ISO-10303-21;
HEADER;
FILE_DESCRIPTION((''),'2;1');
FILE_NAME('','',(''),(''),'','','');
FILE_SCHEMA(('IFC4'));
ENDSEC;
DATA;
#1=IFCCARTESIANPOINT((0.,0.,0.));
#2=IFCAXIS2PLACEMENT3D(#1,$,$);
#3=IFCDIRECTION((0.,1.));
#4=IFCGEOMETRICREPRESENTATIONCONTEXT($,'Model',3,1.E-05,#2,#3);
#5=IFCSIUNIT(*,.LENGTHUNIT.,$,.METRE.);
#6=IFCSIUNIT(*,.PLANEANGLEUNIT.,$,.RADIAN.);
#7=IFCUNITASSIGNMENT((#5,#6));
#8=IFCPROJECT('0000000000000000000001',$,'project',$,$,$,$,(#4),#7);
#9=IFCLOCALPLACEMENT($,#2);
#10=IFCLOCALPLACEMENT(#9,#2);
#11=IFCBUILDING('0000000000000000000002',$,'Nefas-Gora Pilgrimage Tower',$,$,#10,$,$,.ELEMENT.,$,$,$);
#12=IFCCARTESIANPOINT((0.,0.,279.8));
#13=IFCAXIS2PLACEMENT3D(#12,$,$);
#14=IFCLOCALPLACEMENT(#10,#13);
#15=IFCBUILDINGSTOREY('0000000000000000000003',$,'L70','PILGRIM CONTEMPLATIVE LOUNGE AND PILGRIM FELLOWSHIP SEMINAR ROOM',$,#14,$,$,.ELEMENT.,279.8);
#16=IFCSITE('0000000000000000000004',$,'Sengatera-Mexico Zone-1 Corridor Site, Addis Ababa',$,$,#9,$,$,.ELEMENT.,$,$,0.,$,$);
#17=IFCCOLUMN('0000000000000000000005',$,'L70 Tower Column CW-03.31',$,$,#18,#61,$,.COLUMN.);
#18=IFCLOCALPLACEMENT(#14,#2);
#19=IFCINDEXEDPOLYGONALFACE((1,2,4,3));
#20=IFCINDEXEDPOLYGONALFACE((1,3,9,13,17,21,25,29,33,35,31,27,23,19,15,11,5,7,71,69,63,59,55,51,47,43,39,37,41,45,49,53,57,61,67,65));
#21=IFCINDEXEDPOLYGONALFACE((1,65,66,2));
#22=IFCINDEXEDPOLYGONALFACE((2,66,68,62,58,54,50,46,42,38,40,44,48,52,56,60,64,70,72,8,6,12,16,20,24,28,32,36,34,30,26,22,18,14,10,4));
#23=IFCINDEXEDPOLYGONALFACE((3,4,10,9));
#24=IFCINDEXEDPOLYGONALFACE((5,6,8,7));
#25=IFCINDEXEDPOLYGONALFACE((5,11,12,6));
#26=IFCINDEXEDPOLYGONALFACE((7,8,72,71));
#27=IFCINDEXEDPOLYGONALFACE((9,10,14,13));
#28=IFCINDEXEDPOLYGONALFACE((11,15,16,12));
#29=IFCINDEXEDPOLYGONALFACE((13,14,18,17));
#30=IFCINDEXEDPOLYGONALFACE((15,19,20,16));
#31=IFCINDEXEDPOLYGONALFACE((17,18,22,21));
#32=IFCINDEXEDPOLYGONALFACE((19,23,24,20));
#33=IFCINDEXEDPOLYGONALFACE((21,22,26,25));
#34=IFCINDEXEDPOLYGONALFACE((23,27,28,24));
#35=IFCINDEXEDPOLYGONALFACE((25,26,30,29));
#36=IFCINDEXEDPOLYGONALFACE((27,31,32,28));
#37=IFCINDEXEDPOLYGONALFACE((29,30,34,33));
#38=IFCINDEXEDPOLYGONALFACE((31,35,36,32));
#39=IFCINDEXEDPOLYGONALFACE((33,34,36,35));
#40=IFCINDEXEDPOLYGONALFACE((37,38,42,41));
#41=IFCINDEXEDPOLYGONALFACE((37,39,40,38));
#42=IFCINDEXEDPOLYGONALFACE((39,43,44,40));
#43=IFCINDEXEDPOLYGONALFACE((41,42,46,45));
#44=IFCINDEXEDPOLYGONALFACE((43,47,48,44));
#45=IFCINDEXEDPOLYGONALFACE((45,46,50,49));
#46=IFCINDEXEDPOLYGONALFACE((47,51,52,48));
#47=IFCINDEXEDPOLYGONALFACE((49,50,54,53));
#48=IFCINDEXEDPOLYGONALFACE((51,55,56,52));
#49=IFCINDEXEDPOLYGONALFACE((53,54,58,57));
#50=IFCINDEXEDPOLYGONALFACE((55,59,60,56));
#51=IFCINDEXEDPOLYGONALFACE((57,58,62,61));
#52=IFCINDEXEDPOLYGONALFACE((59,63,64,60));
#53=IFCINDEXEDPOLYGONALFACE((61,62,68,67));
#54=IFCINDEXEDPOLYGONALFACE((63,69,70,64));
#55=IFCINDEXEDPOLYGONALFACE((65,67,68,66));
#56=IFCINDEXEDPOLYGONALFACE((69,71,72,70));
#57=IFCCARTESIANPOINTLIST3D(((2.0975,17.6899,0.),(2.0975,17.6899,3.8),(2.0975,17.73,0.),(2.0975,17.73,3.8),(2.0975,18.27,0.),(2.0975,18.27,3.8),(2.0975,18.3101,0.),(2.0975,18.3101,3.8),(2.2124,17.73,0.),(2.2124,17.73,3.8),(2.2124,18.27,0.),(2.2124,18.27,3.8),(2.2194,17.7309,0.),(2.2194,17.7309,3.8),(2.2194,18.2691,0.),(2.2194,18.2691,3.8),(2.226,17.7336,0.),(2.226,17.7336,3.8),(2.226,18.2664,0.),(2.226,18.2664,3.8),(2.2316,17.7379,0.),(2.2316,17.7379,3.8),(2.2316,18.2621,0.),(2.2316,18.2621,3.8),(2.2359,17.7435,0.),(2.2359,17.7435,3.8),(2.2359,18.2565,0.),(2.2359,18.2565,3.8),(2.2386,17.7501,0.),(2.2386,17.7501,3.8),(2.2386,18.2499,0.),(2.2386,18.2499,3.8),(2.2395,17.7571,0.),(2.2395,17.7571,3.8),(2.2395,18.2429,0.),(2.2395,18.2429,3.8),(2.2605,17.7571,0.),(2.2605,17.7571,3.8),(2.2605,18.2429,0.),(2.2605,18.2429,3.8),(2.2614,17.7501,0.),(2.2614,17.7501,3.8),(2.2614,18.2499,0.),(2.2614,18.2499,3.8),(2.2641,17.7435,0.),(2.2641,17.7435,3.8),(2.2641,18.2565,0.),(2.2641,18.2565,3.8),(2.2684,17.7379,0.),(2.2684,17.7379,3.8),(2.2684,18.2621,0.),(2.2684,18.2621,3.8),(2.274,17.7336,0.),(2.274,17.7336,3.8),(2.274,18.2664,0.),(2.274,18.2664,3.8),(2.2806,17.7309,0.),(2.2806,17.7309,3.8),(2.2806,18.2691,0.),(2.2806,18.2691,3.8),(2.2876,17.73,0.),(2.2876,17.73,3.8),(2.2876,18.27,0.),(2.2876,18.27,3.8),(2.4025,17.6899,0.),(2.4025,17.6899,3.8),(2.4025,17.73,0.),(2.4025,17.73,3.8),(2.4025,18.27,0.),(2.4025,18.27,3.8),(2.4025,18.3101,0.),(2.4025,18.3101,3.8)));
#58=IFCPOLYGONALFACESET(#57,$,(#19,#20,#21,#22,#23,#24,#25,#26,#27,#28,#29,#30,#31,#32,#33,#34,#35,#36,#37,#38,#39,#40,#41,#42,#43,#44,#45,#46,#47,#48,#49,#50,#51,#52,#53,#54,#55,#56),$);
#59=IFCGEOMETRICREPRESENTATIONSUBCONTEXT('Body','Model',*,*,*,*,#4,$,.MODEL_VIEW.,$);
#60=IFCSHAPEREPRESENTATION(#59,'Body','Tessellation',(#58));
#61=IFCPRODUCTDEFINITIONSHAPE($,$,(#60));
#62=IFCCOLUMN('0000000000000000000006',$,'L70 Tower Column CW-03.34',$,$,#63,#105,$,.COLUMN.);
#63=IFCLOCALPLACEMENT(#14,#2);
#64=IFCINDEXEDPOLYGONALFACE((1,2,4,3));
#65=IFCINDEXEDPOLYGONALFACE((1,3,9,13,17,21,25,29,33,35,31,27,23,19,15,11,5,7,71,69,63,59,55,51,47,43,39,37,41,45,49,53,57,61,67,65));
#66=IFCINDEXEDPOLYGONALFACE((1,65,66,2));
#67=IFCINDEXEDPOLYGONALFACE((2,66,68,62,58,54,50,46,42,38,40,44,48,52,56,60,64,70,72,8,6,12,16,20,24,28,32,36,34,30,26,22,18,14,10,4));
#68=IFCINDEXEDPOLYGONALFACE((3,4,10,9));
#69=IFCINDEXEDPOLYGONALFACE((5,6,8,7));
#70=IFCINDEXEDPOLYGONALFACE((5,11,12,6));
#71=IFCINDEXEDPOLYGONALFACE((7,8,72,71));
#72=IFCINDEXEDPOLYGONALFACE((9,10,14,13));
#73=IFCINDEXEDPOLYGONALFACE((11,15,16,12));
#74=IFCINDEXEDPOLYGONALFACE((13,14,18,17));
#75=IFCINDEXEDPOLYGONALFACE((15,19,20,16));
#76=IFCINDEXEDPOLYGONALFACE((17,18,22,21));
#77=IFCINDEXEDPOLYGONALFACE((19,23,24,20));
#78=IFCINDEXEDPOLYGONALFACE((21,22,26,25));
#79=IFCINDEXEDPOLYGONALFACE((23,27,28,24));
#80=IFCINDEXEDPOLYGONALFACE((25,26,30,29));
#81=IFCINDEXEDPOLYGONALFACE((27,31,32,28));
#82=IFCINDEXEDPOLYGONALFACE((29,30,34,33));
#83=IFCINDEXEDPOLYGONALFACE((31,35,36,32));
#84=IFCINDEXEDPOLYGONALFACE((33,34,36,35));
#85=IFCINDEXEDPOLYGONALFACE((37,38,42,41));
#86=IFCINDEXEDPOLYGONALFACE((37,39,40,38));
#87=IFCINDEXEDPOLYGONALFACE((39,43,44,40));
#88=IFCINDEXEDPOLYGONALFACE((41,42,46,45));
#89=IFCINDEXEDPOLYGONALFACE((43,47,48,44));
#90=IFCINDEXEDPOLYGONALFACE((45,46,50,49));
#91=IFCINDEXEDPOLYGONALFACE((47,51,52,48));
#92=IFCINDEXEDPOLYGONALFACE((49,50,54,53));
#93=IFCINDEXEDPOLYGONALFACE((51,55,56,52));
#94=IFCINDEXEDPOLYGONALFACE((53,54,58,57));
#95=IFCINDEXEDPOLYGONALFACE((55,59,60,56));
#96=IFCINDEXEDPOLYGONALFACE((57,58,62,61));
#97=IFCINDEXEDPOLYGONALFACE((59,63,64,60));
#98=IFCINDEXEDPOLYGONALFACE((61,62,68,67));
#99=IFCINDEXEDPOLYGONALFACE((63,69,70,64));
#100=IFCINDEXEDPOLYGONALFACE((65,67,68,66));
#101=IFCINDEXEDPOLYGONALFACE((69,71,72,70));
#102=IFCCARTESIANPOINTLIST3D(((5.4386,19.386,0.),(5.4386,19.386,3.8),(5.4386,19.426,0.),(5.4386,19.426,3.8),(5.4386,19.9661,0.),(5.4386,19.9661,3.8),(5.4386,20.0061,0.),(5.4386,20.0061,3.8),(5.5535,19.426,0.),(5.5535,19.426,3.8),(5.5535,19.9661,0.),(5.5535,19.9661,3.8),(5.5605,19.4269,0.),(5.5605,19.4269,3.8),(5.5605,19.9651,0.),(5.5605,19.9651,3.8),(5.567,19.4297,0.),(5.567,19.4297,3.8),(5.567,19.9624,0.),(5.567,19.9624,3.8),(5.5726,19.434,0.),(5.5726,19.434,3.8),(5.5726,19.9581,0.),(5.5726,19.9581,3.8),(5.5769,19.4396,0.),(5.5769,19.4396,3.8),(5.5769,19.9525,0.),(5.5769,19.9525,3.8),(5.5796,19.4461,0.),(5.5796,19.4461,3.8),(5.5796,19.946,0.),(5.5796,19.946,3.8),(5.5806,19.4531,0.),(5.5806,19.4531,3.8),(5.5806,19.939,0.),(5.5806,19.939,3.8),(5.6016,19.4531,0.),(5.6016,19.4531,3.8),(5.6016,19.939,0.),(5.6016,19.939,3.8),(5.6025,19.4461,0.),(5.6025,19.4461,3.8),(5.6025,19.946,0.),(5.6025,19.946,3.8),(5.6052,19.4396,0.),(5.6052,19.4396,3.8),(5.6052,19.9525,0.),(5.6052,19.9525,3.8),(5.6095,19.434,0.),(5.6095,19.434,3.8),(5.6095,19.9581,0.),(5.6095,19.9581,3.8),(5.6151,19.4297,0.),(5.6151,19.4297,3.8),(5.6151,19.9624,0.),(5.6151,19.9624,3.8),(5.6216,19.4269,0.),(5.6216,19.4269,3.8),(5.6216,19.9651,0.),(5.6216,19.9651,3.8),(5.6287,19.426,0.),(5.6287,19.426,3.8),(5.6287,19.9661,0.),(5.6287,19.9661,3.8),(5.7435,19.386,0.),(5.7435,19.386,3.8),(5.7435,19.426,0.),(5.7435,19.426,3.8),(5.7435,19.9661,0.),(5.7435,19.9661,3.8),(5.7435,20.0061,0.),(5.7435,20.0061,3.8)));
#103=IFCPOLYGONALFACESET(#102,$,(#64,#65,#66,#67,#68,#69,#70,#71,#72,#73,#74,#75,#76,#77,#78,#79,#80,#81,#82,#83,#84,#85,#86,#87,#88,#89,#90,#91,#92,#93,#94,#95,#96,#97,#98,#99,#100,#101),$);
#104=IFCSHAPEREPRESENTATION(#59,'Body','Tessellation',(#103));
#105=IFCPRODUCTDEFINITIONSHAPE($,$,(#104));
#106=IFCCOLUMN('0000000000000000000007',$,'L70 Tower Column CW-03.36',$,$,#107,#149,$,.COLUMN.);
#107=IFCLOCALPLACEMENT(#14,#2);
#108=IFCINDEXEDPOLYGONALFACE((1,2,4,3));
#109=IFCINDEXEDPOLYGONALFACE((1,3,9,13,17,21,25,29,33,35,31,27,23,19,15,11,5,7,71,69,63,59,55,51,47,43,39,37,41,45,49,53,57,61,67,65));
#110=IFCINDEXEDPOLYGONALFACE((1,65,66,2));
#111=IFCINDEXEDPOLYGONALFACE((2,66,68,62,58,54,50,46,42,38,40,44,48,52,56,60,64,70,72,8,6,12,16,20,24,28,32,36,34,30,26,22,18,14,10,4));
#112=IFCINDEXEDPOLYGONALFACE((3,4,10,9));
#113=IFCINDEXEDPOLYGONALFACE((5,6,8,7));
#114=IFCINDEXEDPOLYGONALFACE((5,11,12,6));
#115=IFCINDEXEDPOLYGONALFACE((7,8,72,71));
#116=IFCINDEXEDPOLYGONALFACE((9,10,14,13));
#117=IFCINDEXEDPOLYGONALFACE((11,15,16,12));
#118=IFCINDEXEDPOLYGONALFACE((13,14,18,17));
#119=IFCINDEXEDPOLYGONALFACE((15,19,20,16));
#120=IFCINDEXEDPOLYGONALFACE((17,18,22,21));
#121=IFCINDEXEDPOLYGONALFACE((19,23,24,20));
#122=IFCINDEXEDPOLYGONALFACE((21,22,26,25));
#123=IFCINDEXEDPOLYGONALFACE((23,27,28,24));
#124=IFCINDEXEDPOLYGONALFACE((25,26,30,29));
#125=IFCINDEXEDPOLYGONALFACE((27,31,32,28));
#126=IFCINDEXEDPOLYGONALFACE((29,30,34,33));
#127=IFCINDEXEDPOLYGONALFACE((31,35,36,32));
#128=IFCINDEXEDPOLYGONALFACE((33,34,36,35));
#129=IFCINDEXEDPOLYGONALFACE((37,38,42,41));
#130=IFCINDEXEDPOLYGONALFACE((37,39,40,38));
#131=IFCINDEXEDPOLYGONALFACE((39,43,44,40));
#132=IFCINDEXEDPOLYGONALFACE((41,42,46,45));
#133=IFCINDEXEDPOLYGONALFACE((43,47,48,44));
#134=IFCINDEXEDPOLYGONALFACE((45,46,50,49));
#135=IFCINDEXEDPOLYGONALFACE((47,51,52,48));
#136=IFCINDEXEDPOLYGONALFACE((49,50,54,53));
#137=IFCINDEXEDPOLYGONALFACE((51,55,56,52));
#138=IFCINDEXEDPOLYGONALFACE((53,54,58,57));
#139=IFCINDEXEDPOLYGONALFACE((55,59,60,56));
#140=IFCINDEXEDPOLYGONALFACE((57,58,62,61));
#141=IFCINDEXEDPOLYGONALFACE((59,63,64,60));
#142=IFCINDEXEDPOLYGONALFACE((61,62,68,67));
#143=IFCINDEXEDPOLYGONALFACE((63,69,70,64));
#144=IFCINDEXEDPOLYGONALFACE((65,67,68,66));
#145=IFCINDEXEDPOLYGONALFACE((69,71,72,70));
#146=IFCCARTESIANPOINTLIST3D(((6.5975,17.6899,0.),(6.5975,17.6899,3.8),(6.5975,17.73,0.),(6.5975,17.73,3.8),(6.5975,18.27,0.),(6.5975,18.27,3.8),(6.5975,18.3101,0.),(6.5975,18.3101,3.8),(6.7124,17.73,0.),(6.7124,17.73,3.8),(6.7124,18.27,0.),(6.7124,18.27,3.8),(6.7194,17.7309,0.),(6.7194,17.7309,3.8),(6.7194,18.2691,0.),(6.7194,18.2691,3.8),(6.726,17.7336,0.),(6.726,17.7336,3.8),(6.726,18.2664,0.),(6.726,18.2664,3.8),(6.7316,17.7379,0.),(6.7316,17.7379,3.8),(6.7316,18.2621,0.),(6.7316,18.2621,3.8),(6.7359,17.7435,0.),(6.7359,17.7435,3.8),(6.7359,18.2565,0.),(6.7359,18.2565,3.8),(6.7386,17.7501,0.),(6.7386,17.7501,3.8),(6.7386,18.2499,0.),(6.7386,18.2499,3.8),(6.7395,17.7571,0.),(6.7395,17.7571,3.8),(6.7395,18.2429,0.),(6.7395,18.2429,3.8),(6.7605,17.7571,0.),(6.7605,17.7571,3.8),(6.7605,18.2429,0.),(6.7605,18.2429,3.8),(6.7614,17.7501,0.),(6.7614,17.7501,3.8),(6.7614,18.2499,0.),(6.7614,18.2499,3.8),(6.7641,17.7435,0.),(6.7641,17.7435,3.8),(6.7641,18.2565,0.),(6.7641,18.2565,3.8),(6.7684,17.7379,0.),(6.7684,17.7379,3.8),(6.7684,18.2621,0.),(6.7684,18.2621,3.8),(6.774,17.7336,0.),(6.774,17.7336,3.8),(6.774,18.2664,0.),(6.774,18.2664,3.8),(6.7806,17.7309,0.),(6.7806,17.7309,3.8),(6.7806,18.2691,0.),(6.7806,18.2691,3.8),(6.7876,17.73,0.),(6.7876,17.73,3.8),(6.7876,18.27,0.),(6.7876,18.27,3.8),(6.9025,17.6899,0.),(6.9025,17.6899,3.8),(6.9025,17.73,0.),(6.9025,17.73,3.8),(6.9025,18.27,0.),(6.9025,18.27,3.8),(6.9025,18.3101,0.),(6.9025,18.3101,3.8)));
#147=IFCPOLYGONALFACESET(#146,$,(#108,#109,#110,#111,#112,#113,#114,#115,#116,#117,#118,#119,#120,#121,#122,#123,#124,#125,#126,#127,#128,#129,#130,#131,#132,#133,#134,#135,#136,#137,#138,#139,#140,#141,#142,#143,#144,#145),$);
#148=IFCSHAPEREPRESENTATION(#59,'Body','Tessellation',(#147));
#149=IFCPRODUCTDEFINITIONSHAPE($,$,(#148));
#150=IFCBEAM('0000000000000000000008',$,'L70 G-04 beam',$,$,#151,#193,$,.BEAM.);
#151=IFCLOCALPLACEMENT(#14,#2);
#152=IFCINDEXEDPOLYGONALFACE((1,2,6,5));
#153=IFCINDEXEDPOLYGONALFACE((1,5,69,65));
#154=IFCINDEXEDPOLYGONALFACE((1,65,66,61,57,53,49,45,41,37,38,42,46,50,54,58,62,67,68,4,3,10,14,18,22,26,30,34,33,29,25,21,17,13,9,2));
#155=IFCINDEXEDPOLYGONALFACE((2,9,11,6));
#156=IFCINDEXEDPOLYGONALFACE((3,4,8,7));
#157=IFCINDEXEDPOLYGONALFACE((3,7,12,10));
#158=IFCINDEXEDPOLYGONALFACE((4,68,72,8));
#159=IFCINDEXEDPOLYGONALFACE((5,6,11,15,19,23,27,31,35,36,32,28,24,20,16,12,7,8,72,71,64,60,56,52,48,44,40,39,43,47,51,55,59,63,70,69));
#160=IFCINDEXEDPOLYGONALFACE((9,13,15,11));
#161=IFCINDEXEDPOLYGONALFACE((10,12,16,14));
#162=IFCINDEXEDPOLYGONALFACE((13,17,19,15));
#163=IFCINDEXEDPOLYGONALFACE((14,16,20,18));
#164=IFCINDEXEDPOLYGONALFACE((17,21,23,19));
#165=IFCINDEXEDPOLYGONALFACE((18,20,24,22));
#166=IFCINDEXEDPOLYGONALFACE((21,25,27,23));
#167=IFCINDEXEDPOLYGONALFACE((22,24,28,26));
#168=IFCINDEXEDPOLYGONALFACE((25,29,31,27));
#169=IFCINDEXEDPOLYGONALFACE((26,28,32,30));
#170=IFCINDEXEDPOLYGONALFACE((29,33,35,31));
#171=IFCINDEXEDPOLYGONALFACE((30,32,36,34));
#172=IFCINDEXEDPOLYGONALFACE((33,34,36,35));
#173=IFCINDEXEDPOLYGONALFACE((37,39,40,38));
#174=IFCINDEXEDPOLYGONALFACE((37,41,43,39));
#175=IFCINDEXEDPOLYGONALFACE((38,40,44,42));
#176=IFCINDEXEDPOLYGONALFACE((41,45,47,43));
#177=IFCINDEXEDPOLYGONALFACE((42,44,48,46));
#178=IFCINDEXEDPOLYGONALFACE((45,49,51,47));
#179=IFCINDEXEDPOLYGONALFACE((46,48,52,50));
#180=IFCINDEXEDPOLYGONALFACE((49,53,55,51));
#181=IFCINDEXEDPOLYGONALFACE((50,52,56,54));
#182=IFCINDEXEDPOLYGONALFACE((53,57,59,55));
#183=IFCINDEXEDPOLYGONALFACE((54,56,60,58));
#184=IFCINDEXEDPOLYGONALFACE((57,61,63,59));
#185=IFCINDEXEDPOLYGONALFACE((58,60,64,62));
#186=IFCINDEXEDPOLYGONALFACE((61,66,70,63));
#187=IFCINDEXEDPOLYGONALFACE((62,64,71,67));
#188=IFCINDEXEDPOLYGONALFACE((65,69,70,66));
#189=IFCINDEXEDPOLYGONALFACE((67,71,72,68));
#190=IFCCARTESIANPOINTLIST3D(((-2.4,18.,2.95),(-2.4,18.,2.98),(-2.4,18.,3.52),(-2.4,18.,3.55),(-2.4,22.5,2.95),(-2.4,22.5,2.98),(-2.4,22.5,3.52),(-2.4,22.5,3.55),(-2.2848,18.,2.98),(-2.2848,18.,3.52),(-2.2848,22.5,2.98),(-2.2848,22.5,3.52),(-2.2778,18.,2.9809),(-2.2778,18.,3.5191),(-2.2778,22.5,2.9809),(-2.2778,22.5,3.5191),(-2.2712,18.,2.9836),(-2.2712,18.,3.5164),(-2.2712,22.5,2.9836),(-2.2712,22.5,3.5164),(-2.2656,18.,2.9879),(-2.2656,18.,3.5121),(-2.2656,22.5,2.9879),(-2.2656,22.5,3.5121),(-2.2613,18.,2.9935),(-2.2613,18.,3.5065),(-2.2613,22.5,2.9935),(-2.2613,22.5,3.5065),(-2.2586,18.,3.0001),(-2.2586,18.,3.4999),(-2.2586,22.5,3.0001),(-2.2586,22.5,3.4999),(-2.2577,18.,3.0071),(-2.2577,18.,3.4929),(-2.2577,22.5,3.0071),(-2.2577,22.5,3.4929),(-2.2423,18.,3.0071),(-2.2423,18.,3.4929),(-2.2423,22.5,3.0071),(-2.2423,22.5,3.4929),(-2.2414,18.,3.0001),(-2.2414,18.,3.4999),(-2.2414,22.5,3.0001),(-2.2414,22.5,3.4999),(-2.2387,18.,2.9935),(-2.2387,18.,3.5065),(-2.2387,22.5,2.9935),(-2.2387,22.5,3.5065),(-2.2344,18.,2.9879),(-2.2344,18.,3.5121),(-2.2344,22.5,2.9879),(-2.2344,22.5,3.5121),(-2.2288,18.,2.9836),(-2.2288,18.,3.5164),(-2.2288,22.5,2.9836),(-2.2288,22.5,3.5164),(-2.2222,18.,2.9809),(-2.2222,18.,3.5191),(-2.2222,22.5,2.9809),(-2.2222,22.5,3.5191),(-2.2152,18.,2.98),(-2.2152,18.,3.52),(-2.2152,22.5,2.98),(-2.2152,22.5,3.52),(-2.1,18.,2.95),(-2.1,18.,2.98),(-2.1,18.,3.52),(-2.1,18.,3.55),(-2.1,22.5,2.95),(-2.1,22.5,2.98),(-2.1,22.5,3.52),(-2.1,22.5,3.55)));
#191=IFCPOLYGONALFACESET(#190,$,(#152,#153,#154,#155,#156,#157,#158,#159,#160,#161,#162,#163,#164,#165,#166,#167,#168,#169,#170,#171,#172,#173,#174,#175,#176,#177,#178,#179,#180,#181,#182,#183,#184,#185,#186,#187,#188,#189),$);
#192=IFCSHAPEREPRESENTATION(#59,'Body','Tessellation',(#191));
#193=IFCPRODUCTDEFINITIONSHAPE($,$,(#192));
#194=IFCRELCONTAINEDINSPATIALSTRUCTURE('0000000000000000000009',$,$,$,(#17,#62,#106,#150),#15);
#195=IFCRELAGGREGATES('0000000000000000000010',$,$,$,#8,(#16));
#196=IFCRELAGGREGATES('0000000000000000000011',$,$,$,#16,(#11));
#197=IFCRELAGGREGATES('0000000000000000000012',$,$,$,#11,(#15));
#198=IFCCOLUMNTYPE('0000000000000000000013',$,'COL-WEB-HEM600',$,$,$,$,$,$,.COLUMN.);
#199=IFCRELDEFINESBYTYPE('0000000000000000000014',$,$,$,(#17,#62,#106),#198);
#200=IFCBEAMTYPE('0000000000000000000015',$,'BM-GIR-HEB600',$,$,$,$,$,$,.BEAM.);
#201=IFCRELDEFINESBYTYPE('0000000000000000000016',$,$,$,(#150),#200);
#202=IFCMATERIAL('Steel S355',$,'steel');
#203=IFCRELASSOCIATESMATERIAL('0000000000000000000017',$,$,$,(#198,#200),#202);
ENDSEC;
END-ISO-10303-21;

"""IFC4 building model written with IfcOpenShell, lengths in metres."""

from ifc_helpers import new_model, si_unit, direction, frame, origin, origin_2d, place, context, subcontext, project, spatial, i_section, extrude, source, transform, mapped, material, material_profile, profile_set, type_object, element, save


model = new_model("IFC4")

# Units and contexts
model_context = context("Model", 3, precision=1e-05, world=origin(), true_north=direction((0.0, 1.0)))
body_context = subcontext(model_context, "Body", "Model", "MODEL_VIEW")
ifc_project = project(units=[si_unit("LENGTHUNIT", "METRE"), si_unit("PLANEANGLEUNIT", "RADIAN")], contexts=[model_context])

# Site, building, storey
site_placement = place(None, origin())
site = spatial("IfcSite", under=ifc_project, at=site_placement, Name="Sengatera-Mexico Zone-1 Corridor Site, Addis Ababa", CompositionType="ELEMENT", RefElevation=0.0)
building_placement = place(site_placement, origin())
building = spatial("IfcBuilding", under=site, at=building_placement, Name="Nefas-Gora Pilgrimage Tower", CompositionType="ELEMENT")
storey_placement = place(building_placement, frame((0.0, 0.0, 279.8)))
storey = spatial("IfcBuildingStorey", under=building, at=storey_placement, Name="L70", Description="PILGRIM CONTEMPLATIVE LOUNGE AND PILGRIM FELLOWSHIP SEMINAR ROOM", CompositionType="ELEMENT", Elevation=279.8)

# Columns
ifc_material_1 = material(Name="Steel S355", Category="steel")
ifc_material_profile_1 = material_profile(ifc_material_1, i_section(OverallWidth=0.3049, OverallDepth=0.6201, WebThickness=0.021, FlangeThickness=0.04, FilletRadius=0.0271, at=origin_2d()), Name="HEM 600")
ifc_profile_set_1 = profile_set([ifc_material_profile_1], Name="Steel S355")
column_type_1 = type_object("IfcColumnType", Name="COL-WEB-HEM600", PredefinedType="COLUMN", material=ifc_profile_set_1)
shared_shape_1 = source(origin(), body_context, "Body", "SweptSolid", [
    extrude(i_section(OverallWidth=0.3049, OverallDepth=0.6201, WebThickness=0.021, FlangeThickness=0.04, FilletRadius=0.0271, at=origin_2d()), origin(), (0.0, 0.0, 1.0), 3.8),
])
for number, where, z_axis, x_axis, name in (
    (1, (2.25, 18.0, 0.0), (0.0, 0.0, 1.0), (1.0, 0.0, 0.0), "L70 Tower Column CW-03.31"),
    (2, (5.5911, 19.696, 0.0), (0.0, 0.0, 1.0), (1.0, 0.0, 0.0), "L70 Tower Column CW-03.34"),
    (3, (6.75, 18.0, 0.0), (0.0, 0.0, 1.0), (1.0, 0.0, 0.0), "L70 Tower Column CW-03.36"),
):
    element("IfcColumn", number, at=place(storey_placement, frame(where, z_axis=z_axis, x_axis=x_axis)), inside=storey, type_object=column_type_1, Name=name, PredefinedType="COLUMN", context=body_context, shape_type="MappedRepresentation", body=[
        mapped(shared_shape_1, transform((0.0, 0.0, 0.0), x_axis=(1.0, 0.0, 0.0), y_axis=(0.0, 1.0, 0.0), z_axis=(0.0, 0.0, 1.0), scale=1.0)),
    ])

# Beam
ifc_material_profile_2 = material_profile(ifc_material_1, i_section(OverallWidth=0.3, OverallDepth=0.6001, WebThickness=0.0154, FlangeThickness=0.03, FilletRadius=0.0271, at=origin_2d()), Name="HEB 600")
ifc_profile_set_2 = profile_set([ifc_material_profile_2], Name="Steel S355")
beam_type = type_object("IfcBeamType", Name="BM-GIR-HEB600", PredefinedType="BEAM", material=ifc_profile_set_2)
shared_shape_2 = source(origin(), body_context, "Body", "SweptSolid", [
    extrude(i_section(OverallWidth=0.3, OverallDepth=0.6001, WebThickness=0.0154, FlangeThickness=0.03, FilletRadius=0.0271, at=origin_2d()), origin(), (0.0, 0.0, 1.0), 4.5),
])
for number, where, z_axis, x_axis, name in (
    (4, (-2.25, 18.0, 3.25), (0.0, 1.0, 0.0), (-1.0, 0.0, 0.0), "L70 G-04 beam"),
):
    element("IfcBeam", number, at=place(storey_placement, frame(where, z_axis=z_axis, x_axis=x_axis)), inside=storey, type_object=beam_type, Name=name, PredefinedType="BEAM", context=body_context, shape_type="MappedRepresentation", body=[
        mapped(shared_shape_2, transform((0.0, 0.0, 0.0), x_axis=(1.0, 0.0, 0.0), y_axis=(0.0, 1.0, 0.0), z_axis=(0.0, 0.0, 1.0), scale=1.0)),
    ])

save(model, "model.ifc")
